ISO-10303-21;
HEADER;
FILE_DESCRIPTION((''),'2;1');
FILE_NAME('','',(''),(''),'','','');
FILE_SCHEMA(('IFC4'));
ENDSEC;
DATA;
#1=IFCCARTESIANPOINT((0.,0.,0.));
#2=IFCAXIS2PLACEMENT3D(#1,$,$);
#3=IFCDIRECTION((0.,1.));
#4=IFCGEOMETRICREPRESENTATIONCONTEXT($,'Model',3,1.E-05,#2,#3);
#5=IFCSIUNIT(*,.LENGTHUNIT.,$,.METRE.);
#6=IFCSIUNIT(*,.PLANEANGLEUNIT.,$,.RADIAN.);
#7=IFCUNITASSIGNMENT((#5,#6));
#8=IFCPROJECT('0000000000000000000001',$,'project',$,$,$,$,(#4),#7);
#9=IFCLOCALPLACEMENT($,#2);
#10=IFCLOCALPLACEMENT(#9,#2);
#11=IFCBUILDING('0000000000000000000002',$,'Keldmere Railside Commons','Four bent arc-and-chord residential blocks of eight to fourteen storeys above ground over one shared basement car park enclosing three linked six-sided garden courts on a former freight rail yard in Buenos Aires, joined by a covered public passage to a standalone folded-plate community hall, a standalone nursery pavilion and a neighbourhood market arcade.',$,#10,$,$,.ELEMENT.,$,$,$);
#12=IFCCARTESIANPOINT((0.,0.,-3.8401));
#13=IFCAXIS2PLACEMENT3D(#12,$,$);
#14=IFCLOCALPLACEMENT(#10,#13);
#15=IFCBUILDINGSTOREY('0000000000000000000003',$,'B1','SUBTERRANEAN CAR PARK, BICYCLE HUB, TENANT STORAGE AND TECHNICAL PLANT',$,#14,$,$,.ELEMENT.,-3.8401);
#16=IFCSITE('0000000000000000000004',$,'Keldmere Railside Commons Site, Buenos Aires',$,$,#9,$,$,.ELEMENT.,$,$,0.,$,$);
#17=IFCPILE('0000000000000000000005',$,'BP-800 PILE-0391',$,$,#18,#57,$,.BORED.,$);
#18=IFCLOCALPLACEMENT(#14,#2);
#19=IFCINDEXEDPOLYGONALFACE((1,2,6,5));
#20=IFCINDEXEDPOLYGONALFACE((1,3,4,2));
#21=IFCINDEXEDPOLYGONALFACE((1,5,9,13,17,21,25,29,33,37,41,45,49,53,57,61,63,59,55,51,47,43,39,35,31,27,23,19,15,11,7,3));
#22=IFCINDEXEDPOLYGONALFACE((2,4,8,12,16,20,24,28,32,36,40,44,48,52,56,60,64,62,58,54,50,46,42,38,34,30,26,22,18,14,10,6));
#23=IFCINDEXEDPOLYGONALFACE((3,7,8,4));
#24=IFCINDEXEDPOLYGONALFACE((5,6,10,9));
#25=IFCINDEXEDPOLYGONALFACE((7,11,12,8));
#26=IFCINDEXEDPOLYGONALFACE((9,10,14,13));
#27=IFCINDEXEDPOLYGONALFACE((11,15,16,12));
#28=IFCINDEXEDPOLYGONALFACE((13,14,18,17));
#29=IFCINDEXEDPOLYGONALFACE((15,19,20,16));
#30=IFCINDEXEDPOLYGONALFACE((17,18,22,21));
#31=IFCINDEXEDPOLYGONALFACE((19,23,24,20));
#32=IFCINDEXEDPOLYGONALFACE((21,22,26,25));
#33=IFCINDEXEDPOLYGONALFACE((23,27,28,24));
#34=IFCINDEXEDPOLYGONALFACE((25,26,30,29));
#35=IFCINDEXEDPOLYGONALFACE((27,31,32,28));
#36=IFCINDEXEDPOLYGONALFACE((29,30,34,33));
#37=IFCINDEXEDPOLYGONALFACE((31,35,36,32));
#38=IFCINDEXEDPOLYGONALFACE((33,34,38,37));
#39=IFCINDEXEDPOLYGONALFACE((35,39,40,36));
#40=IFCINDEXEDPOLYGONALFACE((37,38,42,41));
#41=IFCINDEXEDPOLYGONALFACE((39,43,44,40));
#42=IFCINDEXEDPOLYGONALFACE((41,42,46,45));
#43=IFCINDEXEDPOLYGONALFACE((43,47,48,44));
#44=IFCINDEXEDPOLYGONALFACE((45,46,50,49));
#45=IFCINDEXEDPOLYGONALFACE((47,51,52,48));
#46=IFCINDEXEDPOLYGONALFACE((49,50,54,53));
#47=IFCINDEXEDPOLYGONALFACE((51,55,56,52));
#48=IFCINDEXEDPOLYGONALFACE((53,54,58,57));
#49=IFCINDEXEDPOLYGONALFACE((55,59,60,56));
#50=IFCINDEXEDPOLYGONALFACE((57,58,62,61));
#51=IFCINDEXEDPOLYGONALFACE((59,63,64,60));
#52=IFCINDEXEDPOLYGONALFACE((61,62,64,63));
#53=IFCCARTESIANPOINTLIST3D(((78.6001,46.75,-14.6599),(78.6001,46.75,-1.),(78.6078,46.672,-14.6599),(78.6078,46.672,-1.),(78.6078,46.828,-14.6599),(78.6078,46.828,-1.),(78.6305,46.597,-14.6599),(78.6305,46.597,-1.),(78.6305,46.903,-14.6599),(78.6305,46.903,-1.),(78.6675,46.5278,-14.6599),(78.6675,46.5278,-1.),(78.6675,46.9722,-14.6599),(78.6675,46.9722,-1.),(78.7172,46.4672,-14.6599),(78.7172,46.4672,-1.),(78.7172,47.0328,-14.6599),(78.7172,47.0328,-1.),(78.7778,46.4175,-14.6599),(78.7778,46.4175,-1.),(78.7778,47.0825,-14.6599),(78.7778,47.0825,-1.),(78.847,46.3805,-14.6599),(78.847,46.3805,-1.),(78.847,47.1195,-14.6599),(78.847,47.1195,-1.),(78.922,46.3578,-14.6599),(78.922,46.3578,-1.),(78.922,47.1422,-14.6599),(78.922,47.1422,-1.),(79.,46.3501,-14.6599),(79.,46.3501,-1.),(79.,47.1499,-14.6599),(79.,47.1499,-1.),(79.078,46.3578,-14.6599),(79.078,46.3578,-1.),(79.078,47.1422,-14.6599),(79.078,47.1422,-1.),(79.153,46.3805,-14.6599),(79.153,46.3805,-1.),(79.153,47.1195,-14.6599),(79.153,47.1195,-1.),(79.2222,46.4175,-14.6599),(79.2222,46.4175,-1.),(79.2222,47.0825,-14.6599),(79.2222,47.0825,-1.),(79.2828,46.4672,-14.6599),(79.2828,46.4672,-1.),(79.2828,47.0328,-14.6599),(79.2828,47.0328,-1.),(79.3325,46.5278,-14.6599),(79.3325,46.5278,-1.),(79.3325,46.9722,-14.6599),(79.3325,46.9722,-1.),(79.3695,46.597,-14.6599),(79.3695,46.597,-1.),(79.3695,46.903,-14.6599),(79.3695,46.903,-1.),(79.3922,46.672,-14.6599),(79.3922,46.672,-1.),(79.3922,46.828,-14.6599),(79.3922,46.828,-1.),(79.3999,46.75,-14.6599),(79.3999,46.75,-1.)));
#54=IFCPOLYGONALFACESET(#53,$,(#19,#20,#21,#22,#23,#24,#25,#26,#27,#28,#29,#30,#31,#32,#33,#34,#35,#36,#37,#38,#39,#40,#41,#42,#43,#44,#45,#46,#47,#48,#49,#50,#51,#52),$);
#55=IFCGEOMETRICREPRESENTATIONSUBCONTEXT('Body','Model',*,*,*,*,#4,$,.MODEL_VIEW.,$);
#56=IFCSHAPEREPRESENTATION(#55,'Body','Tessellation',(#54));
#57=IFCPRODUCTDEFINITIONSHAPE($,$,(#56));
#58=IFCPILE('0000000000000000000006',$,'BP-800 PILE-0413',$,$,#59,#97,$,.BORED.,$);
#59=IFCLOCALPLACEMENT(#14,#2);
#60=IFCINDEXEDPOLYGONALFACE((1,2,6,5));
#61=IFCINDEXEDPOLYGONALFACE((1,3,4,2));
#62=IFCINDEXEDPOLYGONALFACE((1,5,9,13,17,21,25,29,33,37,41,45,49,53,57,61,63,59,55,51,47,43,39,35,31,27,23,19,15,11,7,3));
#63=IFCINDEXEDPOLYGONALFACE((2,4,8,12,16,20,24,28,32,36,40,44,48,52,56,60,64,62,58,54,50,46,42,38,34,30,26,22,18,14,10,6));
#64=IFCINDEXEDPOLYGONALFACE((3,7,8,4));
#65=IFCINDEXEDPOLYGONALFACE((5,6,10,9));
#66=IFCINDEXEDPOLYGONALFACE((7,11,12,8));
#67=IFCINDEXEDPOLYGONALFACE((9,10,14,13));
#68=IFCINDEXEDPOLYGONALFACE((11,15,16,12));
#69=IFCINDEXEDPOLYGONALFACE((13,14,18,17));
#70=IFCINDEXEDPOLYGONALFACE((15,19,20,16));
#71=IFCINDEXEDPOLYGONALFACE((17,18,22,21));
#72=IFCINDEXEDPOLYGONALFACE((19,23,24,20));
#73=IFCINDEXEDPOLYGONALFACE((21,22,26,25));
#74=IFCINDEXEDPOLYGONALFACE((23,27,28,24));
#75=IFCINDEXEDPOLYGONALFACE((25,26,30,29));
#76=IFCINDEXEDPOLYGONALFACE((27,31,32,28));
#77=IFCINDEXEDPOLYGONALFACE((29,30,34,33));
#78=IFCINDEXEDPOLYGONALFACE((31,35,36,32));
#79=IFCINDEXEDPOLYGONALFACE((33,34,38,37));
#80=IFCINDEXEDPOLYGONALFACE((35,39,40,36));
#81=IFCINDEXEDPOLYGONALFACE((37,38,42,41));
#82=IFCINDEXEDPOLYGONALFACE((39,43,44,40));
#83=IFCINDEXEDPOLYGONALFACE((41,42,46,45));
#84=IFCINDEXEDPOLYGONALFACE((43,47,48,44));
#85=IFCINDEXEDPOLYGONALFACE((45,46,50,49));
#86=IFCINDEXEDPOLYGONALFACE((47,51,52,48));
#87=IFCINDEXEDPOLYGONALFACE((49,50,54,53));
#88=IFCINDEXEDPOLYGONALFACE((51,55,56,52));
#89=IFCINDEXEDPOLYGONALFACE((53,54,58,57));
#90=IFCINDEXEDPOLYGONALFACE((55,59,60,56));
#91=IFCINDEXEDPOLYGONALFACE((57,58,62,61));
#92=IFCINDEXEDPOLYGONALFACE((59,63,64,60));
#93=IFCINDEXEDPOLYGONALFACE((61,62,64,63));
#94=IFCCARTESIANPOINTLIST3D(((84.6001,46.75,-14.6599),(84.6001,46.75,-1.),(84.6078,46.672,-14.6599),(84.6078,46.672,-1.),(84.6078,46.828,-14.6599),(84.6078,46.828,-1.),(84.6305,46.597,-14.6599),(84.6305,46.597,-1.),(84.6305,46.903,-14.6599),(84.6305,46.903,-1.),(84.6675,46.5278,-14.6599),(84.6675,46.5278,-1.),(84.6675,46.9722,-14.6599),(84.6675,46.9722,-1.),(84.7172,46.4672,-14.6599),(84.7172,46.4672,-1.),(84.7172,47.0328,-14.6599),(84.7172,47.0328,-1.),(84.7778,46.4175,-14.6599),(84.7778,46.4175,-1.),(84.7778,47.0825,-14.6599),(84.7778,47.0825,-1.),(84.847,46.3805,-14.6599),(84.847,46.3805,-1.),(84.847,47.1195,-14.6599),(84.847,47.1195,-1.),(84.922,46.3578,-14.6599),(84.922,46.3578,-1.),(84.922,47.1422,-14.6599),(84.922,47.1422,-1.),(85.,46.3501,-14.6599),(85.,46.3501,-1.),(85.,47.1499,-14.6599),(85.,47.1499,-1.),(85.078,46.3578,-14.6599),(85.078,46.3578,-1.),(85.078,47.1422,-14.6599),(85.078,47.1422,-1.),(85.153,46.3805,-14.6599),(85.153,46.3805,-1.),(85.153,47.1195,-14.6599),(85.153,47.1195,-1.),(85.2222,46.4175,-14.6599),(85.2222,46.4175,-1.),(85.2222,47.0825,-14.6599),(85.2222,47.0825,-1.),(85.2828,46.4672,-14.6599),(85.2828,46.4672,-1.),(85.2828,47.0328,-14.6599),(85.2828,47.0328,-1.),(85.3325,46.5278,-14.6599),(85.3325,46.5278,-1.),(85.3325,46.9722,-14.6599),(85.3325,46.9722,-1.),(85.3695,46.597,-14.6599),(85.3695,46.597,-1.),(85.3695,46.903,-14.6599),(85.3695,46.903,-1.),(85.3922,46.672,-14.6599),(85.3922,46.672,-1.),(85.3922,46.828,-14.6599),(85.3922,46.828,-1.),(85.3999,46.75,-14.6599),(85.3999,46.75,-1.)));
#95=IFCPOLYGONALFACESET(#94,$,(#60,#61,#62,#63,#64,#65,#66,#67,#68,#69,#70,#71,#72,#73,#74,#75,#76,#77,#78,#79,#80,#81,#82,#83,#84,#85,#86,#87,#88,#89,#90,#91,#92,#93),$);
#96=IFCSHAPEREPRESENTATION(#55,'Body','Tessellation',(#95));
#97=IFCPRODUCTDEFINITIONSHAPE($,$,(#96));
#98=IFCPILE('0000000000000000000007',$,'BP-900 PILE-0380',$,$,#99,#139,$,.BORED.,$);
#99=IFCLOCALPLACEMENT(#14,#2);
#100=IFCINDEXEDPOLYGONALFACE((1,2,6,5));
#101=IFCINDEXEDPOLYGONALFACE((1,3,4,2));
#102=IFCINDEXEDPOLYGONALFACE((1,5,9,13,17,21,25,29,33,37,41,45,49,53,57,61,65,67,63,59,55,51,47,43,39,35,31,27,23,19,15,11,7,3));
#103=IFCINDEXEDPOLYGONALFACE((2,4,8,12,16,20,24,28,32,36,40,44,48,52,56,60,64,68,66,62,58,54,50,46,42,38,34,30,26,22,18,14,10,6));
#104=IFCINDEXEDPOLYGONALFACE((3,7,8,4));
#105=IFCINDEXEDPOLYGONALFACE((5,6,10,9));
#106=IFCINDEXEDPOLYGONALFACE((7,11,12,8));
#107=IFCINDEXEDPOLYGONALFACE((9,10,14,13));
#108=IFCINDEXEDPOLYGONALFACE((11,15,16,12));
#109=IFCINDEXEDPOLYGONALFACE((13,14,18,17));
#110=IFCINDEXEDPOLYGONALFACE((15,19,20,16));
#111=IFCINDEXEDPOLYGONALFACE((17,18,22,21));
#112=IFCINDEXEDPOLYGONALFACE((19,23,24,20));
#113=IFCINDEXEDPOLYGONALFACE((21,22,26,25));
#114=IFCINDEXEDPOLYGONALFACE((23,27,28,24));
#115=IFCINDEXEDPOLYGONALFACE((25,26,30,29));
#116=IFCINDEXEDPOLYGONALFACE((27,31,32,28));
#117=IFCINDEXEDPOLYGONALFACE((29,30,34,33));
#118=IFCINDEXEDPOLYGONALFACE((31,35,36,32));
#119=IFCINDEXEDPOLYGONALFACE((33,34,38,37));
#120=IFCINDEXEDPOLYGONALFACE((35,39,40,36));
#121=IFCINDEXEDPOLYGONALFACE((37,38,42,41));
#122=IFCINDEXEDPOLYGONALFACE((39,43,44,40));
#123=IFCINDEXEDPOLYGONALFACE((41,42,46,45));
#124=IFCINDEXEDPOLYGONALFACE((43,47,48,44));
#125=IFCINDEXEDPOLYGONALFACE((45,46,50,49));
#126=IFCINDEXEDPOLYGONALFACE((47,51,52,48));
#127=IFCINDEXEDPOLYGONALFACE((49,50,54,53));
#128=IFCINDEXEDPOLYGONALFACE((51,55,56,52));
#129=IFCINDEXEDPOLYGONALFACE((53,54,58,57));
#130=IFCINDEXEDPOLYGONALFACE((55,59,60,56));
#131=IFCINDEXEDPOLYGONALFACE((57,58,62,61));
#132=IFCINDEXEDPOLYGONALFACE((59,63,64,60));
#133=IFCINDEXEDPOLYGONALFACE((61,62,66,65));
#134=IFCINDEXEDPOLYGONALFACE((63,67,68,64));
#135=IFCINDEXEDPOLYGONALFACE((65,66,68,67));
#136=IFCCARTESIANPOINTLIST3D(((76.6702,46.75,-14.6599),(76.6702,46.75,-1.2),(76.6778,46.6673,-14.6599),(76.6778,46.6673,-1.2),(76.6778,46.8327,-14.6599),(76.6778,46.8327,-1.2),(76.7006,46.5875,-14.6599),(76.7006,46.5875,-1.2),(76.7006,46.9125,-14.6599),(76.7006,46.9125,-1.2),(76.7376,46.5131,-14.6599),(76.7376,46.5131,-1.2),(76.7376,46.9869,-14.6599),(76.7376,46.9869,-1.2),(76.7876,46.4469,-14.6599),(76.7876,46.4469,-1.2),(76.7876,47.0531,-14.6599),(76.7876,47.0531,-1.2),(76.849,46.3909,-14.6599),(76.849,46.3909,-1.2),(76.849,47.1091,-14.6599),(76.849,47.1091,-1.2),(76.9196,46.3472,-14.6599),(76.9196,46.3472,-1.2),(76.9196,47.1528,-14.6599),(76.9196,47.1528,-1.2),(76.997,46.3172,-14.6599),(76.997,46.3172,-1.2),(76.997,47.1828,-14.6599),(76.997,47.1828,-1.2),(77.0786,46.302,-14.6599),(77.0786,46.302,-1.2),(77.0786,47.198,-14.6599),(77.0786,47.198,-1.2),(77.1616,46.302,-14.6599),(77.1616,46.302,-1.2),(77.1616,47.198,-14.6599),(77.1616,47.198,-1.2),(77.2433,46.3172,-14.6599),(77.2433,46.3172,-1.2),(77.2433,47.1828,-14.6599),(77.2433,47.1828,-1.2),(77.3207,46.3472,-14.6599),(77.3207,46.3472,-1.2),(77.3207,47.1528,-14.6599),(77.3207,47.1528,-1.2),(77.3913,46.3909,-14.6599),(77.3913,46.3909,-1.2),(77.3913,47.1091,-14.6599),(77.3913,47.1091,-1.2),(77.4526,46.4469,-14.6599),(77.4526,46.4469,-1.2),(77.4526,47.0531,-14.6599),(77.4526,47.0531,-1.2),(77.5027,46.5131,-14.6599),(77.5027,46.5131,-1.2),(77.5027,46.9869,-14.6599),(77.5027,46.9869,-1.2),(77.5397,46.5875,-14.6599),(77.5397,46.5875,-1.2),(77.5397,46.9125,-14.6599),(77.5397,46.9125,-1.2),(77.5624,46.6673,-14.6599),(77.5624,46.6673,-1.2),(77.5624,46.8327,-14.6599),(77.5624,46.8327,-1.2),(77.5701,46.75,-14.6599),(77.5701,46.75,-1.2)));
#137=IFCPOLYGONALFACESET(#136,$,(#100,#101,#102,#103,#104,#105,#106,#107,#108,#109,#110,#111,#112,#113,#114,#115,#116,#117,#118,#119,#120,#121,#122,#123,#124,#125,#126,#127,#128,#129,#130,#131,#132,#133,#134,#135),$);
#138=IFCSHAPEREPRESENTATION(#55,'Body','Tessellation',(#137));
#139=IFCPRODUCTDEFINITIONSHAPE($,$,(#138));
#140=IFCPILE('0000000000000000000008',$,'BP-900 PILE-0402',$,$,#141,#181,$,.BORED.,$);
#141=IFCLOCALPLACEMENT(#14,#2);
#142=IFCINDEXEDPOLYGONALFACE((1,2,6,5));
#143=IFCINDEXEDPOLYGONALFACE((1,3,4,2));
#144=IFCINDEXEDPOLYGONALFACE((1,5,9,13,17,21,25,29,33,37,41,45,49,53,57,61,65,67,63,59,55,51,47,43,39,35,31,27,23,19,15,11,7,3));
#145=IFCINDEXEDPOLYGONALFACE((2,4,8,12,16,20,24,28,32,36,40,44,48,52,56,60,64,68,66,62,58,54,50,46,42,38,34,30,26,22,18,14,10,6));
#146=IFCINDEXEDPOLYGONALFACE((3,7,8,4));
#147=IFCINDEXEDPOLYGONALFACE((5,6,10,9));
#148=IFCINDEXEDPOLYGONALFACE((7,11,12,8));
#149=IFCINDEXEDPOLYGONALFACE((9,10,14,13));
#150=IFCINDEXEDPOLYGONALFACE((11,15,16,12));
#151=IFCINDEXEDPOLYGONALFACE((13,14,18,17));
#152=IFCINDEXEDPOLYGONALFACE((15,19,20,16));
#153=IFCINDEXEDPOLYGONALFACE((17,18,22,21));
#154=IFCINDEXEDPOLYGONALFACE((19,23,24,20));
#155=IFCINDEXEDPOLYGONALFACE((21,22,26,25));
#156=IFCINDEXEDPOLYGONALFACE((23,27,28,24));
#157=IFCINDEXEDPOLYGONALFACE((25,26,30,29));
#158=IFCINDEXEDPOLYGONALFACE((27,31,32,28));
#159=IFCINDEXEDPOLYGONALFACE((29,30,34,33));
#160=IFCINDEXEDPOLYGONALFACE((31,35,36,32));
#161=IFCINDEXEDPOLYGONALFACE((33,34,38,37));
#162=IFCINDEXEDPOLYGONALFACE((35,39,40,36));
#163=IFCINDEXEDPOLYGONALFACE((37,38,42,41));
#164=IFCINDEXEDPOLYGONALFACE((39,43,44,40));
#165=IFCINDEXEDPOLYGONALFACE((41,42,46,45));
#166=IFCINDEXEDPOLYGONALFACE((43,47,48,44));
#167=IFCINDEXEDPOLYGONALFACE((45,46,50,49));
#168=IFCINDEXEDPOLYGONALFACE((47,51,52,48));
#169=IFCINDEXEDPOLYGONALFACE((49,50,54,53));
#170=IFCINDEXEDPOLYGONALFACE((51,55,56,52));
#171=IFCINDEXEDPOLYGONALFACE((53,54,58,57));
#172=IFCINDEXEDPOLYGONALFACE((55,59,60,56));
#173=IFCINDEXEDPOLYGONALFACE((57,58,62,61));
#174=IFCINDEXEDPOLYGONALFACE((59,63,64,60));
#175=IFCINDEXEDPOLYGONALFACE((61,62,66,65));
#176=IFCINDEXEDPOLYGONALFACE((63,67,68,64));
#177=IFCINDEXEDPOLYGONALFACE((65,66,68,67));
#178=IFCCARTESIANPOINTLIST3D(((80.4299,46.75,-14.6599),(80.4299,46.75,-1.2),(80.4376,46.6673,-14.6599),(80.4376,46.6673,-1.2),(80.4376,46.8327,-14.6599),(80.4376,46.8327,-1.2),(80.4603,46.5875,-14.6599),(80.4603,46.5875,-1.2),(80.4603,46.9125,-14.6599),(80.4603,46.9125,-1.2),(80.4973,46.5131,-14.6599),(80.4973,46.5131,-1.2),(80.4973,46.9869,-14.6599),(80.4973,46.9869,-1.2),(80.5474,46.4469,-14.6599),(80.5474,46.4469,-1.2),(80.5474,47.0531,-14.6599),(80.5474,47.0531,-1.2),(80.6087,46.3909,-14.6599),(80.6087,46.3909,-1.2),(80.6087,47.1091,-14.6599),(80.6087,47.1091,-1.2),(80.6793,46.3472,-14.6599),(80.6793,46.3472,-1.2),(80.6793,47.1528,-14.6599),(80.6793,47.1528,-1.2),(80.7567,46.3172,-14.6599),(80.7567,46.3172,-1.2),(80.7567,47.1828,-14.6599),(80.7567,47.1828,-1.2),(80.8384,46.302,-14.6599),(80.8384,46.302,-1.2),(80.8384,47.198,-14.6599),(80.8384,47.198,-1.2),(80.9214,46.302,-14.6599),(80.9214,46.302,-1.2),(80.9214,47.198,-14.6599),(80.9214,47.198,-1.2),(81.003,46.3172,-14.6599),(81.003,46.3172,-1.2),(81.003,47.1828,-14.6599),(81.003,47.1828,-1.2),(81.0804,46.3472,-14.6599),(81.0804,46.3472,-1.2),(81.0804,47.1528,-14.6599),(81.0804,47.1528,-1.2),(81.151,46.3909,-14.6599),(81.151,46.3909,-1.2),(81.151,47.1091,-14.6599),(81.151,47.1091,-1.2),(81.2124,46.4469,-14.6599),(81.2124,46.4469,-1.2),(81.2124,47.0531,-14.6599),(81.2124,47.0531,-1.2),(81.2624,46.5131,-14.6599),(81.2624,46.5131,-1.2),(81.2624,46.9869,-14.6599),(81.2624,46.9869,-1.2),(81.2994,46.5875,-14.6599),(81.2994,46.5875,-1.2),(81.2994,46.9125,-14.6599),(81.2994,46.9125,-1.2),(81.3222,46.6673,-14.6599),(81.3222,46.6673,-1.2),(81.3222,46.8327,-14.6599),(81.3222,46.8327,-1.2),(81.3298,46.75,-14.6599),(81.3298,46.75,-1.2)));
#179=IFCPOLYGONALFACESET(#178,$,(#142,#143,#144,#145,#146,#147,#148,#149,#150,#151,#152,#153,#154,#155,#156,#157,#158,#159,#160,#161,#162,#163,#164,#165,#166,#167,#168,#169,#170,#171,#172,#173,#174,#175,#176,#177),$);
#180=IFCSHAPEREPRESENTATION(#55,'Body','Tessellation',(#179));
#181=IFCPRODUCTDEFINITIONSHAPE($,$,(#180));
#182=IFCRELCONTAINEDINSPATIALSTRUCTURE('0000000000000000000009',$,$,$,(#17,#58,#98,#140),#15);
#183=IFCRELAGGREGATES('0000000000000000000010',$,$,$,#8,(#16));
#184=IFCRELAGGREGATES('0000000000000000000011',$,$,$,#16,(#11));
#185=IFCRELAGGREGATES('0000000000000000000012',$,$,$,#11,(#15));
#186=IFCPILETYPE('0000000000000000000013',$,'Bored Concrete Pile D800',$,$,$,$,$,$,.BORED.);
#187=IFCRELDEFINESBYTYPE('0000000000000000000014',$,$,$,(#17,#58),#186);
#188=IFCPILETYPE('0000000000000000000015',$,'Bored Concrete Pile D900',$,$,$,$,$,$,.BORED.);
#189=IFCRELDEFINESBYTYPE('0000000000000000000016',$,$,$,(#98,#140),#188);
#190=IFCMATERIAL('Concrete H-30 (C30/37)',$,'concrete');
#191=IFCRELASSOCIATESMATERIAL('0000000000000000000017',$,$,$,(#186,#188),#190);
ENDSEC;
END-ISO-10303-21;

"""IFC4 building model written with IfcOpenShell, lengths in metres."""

from ifc_helpers import new_model, si_unit, direction, frame, origin, origin_2d, place, context, subcontext, project, spatial, circle, extrude, material, material_profile, profile_set, type_object, element, save


model = new_model("IFC4")

# Units and contexts
model_context = context("Model", 3, precision=1e-05, world=origin(), true_north=direction((0.0, 1.0)))
body_context = subcontext(model_context, "Body", "Model", "MODEL_VIEW")
ifc_project = project(units=[si_unit("LENGTHUNIT", "METRE"), si_unit("PLANEANGLEUNIT", "RADIAN")], contexts=[model_context])

# Site, building, storey
site_placement = place(None, origin())
site = spatial("IfcSite", under=ifc_project, at=site_placement, Name="Keldmere Railside Commons Site, Buenos Aires", CompositionType="ELEMENT", RefElevation=0.0)
building_placement = place(site_placement, origin())
building = spatial("IfcBuilding", under=site, at=building_placement, Name="Keldmere Railside Commons", Description="Four bent arc-and-chord residential blocks of eight to fourteen storeys above ground over one shared basement car park enclosing three linked six-sided garden courts on a former freight rail yard in Buenos Aires, joined by a covered public passage to a standalone folded-plate community hall, a standalone nursery pavilion and a neighbourhood market arcade.", CompositionType="ELEMENT")
storey_placement = place(building_placement, frame((0.0, 0.0, -3.8401)))
storey = spatial("IfcBuildingStorey", under=building, at=storey_placement, Name="B1", Description="SUBTERRANEAN CAR PARK, BICYCLE HUB, TENANT STORAGE AND TECHNICAL PLANT", CompositionType="ELEMENT", Elevation=-3.8401)

# Piles
ifc_material_1 = material(Name="Concrete H-30 (C30/37)", Category="concrete")
ifc_material_profile_1 = material_profile(ifc_material_1, circle(Radius=0.3999, at=origin_2d()), Name="PILE-D800")
ifc_profile_set_1 = profile_set([ifc_material_profile_1], Name="Concrete H-30 (C30/37)")
pile_type_1 = type_object("IfcPileType", Name="Bored Concrete Pile D800", PredefinedType="BORED", material=ifc_profile_set_1)
for number, where, z_axis, x_axis, name in (
    (1, (79.0, 46.75, -1.0), (0.0, 0.0, -1.0), (1.0, 0.0, 0.0), "BP-800 PILE-0391"),
    (2, (85.0, 46.75, -1.0), (0.0, 0.0, -1.0), (1.0, 0.0, 0.0), "BP-800 PILE-0413"),
):
    element("IfcPile", number, at=place(storey_placement, frame(where, z_axis=z_axis, x_axis=x_axis)), inside=storey, type_object=pile_type_1, Name=name, PredefinedType="BORED", context=body_context, shape_type="SweptSolid", body=[
        extrude(circle(Radius=0.3999, at=origin_2d()), origin(), (0.0, 0.0, 1.0), 13.6599),
    ])
ifc_material_profile_2 = material_profile(ifc_material_1, circle(Radius=0.45, at=origin_2d()), Name="PILE-D900")
ifc_profile_set_2 = profile_set([ifc_material_profile_2], Name="Concrete H-30 (C30/37)")
pile_type_2 = type_object("IfcPileType", Name="Bored Concrete Pile D900", PredefinedType="BORED", material=ifc_profile_set_2)
for number, where, z_axis, x_axis, name in (
    (3, (77.1201, 46.75, -1.2), (0.0, 0.0, -1.0), (1.0, 0.0, 0.0), "BP-900 PILE-0380"),
    (4, (80.8799, 46.75, -1.2), (0.0, 0.0, -1.0), (1.0, 0.0, 0.0), "BP-900 PILE-0402"),
):
    element("IfcPile", number, at=place(storey_placement, frame(where, z_axis=z_axis, x_axis=x_axis)), inside=storey, type_object=pile_type_2, Name=name, PredefinedType="BORED", context=body_context, shape_type="SweptSolid", body=[
        extrude(circle(Radius=0.45, at=origin_2d()), origin(), (0.0, 0.0, 1.0), 13.46),
    ])

save(model, "model.ifc")
